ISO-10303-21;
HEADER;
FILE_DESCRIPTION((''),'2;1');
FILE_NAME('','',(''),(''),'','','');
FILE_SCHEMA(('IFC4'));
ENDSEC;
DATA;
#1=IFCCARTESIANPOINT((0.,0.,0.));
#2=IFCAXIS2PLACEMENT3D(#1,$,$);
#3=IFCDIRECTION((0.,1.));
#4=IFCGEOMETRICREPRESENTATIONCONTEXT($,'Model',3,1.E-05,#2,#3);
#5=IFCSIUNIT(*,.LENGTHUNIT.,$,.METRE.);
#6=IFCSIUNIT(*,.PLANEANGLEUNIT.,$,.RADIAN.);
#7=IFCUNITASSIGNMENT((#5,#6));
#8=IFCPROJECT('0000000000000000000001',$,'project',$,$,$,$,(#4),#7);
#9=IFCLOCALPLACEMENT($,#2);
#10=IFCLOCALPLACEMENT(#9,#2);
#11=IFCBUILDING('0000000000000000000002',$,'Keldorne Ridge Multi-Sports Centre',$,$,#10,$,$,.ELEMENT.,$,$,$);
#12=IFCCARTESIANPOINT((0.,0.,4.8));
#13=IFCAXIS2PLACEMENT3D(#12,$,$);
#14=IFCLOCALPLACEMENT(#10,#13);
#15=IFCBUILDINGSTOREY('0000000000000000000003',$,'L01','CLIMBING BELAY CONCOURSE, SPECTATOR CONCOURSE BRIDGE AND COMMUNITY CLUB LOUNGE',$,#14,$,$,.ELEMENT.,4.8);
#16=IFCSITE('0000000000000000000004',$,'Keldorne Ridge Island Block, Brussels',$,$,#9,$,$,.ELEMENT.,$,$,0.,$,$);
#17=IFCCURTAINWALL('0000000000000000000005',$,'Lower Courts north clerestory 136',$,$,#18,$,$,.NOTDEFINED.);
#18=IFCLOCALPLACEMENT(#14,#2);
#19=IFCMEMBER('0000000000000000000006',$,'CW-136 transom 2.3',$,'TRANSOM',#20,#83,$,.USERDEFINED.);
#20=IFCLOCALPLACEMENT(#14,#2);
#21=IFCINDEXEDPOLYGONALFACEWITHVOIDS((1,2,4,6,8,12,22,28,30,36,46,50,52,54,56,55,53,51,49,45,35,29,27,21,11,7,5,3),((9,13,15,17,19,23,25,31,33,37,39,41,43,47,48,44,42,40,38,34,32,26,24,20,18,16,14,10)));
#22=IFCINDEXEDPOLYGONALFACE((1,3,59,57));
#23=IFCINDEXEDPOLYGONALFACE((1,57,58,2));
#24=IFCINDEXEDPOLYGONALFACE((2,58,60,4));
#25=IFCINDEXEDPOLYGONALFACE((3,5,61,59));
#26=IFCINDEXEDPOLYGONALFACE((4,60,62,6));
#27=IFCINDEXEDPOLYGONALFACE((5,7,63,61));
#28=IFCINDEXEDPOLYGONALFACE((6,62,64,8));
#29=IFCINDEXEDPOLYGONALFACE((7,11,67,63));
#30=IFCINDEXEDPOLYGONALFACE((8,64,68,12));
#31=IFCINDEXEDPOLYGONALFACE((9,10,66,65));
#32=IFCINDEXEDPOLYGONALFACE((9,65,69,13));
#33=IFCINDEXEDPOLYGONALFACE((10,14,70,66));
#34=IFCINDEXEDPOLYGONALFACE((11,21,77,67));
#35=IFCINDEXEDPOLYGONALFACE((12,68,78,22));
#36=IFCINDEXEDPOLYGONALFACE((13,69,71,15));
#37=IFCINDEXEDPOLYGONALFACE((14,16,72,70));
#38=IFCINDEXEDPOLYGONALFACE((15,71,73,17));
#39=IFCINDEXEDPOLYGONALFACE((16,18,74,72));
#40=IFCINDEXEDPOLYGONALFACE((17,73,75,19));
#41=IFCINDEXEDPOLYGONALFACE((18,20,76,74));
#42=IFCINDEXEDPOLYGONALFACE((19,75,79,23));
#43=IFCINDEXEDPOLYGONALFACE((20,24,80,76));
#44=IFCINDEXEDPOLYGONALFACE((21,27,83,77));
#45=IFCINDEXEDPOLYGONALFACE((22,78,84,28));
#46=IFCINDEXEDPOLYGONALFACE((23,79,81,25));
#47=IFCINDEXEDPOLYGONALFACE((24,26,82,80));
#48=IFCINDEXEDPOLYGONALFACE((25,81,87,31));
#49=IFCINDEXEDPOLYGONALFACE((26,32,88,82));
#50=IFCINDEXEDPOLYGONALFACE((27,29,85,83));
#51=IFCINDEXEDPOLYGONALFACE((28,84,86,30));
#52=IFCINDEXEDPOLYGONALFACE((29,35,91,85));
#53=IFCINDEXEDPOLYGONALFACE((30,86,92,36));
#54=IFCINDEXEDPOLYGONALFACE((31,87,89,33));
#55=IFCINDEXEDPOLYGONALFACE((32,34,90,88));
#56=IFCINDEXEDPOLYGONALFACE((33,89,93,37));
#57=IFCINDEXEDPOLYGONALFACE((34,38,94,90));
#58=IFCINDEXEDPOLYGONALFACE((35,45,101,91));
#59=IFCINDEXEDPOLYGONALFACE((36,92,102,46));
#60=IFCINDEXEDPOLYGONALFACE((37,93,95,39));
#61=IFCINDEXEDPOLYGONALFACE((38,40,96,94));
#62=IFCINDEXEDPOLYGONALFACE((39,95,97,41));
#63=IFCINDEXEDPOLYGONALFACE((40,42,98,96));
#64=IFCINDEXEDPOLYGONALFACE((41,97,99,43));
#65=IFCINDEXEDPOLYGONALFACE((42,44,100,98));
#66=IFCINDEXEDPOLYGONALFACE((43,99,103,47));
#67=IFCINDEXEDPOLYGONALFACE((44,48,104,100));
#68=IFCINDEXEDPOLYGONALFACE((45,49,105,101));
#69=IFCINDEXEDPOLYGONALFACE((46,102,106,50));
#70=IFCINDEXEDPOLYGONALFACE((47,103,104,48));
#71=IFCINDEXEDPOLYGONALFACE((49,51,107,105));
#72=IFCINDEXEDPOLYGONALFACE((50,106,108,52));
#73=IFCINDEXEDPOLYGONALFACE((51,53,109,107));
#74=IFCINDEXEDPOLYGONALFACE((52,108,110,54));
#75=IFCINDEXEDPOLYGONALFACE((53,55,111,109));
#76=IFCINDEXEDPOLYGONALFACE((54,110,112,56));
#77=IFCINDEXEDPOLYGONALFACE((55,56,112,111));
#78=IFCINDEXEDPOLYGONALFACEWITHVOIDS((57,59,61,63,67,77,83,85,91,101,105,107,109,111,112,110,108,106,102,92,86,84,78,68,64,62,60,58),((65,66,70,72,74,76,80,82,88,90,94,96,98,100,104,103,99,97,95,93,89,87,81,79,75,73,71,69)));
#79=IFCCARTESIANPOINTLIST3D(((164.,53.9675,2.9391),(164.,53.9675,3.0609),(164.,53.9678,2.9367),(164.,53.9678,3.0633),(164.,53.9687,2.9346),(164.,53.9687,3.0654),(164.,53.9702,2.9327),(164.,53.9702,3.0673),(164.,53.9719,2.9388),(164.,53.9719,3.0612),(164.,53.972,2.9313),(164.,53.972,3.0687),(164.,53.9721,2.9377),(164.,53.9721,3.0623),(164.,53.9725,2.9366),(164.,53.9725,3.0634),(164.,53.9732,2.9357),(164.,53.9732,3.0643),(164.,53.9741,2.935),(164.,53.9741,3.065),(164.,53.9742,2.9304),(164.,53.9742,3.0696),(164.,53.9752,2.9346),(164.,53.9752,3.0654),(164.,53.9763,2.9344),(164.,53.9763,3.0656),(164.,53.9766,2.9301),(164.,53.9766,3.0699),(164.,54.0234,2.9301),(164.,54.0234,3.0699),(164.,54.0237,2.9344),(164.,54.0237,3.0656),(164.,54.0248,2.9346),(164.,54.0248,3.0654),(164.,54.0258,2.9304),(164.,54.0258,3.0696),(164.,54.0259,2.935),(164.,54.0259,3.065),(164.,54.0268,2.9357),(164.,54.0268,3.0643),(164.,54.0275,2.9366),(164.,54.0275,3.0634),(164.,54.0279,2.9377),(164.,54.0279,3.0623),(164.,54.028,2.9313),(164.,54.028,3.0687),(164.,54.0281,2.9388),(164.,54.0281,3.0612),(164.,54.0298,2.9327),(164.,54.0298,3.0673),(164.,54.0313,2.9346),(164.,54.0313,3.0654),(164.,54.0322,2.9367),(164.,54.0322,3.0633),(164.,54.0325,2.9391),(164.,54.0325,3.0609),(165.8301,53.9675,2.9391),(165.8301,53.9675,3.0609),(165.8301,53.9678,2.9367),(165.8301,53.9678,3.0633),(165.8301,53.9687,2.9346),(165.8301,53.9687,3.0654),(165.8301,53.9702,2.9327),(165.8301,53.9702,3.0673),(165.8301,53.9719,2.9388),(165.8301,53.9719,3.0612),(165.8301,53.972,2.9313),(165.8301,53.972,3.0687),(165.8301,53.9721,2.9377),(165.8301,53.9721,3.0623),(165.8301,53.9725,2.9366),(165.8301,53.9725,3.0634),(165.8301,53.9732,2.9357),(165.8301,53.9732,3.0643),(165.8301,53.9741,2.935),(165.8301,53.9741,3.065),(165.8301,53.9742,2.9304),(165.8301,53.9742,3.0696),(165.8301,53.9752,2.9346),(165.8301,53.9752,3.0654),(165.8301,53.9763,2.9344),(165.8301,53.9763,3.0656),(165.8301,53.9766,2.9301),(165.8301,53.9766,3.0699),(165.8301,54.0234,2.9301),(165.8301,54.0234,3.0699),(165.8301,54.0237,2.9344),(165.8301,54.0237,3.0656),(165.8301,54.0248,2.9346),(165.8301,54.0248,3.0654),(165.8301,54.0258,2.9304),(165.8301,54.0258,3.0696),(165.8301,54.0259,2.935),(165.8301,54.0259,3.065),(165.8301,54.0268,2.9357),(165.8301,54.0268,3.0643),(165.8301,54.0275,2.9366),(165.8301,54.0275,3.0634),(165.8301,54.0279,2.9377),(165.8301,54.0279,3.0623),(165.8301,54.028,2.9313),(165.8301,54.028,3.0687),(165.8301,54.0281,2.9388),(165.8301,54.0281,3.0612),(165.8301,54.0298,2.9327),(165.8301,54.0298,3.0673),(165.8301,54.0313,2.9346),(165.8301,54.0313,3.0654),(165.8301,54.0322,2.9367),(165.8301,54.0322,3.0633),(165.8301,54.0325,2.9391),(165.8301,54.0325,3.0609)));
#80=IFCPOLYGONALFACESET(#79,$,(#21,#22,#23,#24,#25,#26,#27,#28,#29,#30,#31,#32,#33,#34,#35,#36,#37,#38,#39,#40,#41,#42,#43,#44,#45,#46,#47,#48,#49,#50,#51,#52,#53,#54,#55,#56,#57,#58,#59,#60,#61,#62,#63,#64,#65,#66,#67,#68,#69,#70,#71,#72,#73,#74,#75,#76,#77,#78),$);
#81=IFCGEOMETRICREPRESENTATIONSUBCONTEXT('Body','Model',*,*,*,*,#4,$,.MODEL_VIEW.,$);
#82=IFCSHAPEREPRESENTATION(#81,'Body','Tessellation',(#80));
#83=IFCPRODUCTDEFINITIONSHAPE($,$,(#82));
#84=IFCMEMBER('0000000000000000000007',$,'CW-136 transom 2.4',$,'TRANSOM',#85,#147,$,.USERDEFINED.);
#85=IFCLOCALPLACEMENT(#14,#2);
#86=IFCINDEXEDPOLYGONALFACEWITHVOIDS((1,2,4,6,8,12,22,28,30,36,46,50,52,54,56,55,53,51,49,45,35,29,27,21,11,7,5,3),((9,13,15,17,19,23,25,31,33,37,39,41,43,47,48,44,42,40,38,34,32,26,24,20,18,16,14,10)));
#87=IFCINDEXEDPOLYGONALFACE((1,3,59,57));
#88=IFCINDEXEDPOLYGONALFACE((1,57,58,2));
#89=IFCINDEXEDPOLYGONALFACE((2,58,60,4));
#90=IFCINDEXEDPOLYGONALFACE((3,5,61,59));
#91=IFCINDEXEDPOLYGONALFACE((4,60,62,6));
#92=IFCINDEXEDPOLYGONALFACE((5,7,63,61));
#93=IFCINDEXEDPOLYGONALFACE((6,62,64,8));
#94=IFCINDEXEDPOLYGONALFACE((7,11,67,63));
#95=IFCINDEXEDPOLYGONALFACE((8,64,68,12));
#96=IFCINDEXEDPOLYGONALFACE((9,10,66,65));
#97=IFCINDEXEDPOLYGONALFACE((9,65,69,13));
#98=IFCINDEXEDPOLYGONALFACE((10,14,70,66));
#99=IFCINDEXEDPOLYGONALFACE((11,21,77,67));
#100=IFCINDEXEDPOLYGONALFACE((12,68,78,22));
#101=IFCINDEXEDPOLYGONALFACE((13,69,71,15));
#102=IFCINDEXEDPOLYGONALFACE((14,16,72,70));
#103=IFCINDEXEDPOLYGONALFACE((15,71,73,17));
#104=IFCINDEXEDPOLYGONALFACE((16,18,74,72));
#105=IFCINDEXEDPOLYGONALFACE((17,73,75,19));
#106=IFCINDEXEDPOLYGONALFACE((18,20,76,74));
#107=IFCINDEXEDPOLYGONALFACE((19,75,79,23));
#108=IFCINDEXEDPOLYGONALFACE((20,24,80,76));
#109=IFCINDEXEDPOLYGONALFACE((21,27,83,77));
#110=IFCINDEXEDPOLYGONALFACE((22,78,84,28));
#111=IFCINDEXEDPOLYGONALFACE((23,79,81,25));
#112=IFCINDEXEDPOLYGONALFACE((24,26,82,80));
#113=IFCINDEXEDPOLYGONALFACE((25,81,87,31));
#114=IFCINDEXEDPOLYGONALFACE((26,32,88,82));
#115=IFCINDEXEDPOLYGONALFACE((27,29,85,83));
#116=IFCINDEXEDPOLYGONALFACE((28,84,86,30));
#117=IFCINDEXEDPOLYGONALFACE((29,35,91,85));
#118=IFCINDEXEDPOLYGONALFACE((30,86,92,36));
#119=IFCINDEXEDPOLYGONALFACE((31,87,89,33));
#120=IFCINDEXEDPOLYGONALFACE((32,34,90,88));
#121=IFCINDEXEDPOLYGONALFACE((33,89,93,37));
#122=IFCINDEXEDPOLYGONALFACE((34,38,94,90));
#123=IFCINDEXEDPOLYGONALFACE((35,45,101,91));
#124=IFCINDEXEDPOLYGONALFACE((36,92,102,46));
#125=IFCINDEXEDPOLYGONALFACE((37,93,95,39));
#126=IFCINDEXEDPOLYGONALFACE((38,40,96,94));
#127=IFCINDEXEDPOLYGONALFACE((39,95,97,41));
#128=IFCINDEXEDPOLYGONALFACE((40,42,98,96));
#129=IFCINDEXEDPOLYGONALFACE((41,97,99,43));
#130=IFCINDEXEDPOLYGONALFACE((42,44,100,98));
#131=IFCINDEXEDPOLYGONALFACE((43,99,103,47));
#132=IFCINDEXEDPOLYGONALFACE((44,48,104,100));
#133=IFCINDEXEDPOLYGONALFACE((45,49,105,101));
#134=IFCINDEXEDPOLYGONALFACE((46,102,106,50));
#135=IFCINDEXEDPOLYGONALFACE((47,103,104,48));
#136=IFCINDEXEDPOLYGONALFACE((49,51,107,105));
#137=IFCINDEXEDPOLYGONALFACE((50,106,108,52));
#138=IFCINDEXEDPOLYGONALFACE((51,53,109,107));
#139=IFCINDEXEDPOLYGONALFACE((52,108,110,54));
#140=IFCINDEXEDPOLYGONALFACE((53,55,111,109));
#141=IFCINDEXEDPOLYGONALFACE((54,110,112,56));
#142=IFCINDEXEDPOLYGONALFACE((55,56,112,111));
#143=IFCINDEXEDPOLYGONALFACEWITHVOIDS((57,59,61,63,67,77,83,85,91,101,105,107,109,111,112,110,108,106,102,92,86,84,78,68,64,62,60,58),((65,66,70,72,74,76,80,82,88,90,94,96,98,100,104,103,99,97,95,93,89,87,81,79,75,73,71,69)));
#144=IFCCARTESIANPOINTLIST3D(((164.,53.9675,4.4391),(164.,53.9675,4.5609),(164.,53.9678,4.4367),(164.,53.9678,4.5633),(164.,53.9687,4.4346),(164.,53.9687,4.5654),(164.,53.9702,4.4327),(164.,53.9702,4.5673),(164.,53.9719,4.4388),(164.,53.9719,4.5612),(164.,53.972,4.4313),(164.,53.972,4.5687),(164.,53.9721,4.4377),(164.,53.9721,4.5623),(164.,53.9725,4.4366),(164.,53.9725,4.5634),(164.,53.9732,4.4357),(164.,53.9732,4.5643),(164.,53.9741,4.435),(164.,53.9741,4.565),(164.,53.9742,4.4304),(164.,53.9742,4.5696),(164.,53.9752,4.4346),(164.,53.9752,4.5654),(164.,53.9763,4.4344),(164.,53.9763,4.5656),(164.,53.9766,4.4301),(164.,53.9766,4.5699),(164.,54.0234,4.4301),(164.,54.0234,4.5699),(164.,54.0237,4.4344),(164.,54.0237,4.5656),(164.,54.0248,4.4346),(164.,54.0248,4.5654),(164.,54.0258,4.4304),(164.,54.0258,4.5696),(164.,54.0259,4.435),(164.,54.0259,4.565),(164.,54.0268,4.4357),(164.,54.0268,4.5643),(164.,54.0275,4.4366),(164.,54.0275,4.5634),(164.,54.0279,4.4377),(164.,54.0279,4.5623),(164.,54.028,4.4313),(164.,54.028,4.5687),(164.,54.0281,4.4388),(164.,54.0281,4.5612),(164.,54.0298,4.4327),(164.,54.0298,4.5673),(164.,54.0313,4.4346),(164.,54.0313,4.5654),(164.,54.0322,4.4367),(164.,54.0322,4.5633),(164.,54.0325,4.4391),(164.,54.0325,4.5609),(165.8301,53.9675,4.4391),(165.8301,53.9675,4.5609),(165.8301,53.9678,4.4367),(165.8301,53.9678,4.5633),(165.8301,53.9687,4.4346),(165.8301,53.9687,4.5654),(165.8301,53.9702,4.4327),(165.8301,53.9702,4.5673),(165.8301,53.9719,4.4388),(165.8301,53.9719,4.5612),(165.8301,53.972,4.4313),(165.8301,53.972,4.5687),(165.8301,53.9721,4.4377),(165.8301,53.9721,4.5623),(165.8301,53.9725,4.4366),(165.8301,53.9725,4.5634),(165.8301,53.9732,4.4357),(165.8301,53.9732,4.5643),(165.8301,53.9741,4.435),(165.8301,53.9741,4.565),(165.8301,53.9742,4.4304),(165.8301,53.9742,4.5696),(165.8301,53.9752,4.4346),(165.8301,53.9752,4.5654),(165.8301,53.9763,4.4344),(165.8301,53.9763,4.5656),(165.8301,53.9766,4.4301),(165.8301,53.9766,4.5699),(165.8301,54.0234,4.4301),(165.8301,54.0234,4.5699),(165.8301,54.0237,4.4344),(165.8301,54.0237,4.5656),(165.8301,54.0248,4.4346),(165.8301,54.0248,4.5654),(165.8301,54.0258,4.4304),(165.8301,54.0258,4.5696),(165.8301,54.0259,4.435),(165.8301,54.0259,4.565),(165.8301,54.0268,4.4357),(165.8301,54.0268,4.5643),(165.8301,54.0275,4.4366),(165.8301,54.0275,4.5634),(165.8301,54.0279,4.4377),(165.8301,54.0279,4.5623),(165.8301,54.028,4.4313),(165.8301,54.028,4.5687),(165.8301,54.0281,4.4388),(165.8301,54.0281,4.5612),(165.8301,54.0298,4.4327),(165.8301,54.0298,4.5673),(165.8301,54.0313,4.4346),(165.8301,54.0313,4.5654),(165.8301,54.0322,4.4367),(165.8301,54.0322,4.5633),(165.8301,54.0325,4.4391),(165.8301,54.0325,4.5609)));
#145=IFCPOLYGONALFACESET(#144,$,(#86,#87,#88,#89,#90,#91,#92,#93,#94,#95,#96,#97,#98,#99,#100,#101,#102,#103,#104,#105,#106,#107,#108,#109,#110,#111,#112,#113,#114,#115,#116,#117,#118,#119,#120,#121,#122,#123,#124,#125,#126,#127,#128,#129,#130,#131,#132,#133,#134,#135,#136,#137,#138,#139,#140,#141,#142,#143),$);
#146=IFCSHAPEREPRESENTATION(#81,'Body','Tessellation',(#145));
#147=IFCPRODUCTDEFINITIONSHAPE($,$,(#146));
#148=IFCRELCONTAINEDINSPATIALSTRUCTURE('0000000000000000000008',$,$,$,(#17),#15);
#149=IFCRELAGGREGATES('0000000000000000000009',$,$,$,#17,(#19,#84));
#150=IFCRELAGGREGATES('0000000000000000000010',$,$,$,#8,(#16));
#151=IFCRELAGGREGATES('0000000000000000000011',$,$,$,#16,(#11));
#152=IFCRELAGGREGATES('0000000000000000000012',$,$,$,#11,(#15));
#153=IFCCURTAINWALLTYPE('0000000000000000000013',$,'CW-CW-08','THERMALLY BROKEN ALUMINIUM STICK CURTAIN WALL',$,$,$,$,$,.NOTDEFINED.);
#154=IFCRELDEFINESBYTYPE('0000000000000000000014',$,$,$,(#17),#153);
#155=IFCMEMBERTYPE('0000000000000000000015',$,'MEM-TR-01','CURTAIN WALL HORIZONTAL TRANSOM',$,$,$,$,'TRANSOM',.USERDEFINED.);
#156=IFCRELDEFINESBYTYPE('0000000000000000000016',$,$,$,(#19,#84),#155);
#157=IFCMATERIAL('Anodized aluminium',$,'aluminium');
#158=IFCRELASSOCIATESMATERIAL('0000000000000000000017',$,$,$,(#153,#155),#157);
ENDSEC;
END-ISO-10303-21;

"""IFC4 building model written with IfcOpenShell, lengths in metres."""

from ifc_helpers import new_model, si_unit, direction, frame, origin, origin_2d, place, context, subcontext, project, spatial, hollow_rectangle, extrude, material, material_profile, profile_set, type_object, element, aggregate, save


model = new_model("IFC4")

# Units and contexts
model_context = context("Model", 3, precision=1e-05, world=origin(), true_north=direction((0.0, 1.0)))
body_context = subcontext(model_context, "Body", "Model", "MODEL_VIEW")
ifc_project = project(units=[si_unit("LENGTHUNIT", "METRE"), si_unit("PLANEANGLEUNIT", "RADIAN")], contexts=[model_context])

# Site, building, storey
site_placement = place(None, origin())
site = spatial("IfcSite", under=ifc_project, at=site_placement, Name="Keldorne Ridge Island Block, Brussels", CompositionType="ELEMENT", RefElevation=0.0)
building_placement = place(site_placement, origin())
building = spatial("IfcBuilding", under=site, at=building_placement, Name="Keldorne Ridge Multi-Sports Centre", CompositionType="ELEMENT")
storey_placement = place(building_placement, frame((0.0, 0.0, 4.8)))
storey = spatial("IfcBuildingStorey", under=building, at=storey_placement, Name="L01", Description="CLIMBING BELAY CONCOURSE, SPECTATOR CONCOURSE BRIDGE AND COMMUNITY CLUB LOUNGE", CompositionType="ELEMENT", Elevation=4.8)

# Curtain wall
ifc_material_1 = material(Name="Anodized aluminium", Category="aluminium")
curtain_wall_type = type_object("IfcCurtainWallType", Name="CW-CW-08", Description="THERMALLY BROKEN ALUMINIUM STICK CURTAIN WALL", PredefinedType="NOTDEFINED", material=ifc_material_1)
curtain_wall_placement = place(storey_placement, origin())
curtain_wall = element("IfcCurtainWall", 1, at=curtain_wall_placement, inside=storey, type_object=curtain_wall_type, Name="Lower Courts north clerestory 136", PredefinedType="NOTDEFINED")

# Members
ifc_material_profile_1 = material_profile(ifc_material_1, hollow_rectangle(XDim=0.0649, YDim=0.1399, WallThickness=0.0044, InnerFilletRadius=0.0044, OuterFilletRadius=0.009, at=origin_2d()), Name="ALU TRANSOM 140x65x4.5")
ifc_profile_set_1 = profile_set([ifc_material_profile_1], Name="Anodized aluminium")
member_type_1 = type_object("IfcMemberType", Name="MEM-TR-01", Description="CURTAIN WALL HORIZONTAL TRANSOM", ElementType="TRANSOM", PredefinedType="USERDEFINED", material=ifc_profile_set_1)
member_1_placement = place(storey_placement, frame((165.8301, 54.0, 3.0), z_axis=(-1.0, 0.0, 0.0), x_axis=(0.0, -1.0, 0.0)))
member_1 = element("IfcMember", 2, at=member_1_placement, type_object=member_type_1, Name="CW-136 transom 2.3", ObjectType="TRANSOM", PredefinedType="USERDEFINED", context=body_context, shape_type="SweptSolid", body=[
    extrude(hollow_rectangle(XDim=0.0649, YDim=0.1399, WallThickness=0.0044, InnerFilletRadius=0.0044, OuterFilletRadius=0.009, at=origin_2d()), origin(), (0.0, 0.0, 1.0), 1.8301),
])
member_2_placement = place(storey_placement, frame((165.8301, 54.0, 4.5), z_axis=(-1.0, 0.0, 0.0), x_axis=(0.0, -1.0, 0.0)))
member_2 = element("IfcMember", 3, at=member_2_placement, type_object=member_type_1, Name="CW-136 transom 2.4", ObjectType="TRANSOM", PredefinedType="USERDEFINED", context=body_context, shape_type="SweptSolid", body=[
    extrude(hollow_rectangle(XDim=0.0649, YDim=0.1399, WallThickness=0.0044, InnerFilletRadius=0.0044, OuterFilletRadius=0.009, at=origin_2d()), origin(), (0.0, 0.0, 1.0), 1.8301),
])

aggregate(curtain_wall, [member_1, member_2])

save(model, "model.ifc")
